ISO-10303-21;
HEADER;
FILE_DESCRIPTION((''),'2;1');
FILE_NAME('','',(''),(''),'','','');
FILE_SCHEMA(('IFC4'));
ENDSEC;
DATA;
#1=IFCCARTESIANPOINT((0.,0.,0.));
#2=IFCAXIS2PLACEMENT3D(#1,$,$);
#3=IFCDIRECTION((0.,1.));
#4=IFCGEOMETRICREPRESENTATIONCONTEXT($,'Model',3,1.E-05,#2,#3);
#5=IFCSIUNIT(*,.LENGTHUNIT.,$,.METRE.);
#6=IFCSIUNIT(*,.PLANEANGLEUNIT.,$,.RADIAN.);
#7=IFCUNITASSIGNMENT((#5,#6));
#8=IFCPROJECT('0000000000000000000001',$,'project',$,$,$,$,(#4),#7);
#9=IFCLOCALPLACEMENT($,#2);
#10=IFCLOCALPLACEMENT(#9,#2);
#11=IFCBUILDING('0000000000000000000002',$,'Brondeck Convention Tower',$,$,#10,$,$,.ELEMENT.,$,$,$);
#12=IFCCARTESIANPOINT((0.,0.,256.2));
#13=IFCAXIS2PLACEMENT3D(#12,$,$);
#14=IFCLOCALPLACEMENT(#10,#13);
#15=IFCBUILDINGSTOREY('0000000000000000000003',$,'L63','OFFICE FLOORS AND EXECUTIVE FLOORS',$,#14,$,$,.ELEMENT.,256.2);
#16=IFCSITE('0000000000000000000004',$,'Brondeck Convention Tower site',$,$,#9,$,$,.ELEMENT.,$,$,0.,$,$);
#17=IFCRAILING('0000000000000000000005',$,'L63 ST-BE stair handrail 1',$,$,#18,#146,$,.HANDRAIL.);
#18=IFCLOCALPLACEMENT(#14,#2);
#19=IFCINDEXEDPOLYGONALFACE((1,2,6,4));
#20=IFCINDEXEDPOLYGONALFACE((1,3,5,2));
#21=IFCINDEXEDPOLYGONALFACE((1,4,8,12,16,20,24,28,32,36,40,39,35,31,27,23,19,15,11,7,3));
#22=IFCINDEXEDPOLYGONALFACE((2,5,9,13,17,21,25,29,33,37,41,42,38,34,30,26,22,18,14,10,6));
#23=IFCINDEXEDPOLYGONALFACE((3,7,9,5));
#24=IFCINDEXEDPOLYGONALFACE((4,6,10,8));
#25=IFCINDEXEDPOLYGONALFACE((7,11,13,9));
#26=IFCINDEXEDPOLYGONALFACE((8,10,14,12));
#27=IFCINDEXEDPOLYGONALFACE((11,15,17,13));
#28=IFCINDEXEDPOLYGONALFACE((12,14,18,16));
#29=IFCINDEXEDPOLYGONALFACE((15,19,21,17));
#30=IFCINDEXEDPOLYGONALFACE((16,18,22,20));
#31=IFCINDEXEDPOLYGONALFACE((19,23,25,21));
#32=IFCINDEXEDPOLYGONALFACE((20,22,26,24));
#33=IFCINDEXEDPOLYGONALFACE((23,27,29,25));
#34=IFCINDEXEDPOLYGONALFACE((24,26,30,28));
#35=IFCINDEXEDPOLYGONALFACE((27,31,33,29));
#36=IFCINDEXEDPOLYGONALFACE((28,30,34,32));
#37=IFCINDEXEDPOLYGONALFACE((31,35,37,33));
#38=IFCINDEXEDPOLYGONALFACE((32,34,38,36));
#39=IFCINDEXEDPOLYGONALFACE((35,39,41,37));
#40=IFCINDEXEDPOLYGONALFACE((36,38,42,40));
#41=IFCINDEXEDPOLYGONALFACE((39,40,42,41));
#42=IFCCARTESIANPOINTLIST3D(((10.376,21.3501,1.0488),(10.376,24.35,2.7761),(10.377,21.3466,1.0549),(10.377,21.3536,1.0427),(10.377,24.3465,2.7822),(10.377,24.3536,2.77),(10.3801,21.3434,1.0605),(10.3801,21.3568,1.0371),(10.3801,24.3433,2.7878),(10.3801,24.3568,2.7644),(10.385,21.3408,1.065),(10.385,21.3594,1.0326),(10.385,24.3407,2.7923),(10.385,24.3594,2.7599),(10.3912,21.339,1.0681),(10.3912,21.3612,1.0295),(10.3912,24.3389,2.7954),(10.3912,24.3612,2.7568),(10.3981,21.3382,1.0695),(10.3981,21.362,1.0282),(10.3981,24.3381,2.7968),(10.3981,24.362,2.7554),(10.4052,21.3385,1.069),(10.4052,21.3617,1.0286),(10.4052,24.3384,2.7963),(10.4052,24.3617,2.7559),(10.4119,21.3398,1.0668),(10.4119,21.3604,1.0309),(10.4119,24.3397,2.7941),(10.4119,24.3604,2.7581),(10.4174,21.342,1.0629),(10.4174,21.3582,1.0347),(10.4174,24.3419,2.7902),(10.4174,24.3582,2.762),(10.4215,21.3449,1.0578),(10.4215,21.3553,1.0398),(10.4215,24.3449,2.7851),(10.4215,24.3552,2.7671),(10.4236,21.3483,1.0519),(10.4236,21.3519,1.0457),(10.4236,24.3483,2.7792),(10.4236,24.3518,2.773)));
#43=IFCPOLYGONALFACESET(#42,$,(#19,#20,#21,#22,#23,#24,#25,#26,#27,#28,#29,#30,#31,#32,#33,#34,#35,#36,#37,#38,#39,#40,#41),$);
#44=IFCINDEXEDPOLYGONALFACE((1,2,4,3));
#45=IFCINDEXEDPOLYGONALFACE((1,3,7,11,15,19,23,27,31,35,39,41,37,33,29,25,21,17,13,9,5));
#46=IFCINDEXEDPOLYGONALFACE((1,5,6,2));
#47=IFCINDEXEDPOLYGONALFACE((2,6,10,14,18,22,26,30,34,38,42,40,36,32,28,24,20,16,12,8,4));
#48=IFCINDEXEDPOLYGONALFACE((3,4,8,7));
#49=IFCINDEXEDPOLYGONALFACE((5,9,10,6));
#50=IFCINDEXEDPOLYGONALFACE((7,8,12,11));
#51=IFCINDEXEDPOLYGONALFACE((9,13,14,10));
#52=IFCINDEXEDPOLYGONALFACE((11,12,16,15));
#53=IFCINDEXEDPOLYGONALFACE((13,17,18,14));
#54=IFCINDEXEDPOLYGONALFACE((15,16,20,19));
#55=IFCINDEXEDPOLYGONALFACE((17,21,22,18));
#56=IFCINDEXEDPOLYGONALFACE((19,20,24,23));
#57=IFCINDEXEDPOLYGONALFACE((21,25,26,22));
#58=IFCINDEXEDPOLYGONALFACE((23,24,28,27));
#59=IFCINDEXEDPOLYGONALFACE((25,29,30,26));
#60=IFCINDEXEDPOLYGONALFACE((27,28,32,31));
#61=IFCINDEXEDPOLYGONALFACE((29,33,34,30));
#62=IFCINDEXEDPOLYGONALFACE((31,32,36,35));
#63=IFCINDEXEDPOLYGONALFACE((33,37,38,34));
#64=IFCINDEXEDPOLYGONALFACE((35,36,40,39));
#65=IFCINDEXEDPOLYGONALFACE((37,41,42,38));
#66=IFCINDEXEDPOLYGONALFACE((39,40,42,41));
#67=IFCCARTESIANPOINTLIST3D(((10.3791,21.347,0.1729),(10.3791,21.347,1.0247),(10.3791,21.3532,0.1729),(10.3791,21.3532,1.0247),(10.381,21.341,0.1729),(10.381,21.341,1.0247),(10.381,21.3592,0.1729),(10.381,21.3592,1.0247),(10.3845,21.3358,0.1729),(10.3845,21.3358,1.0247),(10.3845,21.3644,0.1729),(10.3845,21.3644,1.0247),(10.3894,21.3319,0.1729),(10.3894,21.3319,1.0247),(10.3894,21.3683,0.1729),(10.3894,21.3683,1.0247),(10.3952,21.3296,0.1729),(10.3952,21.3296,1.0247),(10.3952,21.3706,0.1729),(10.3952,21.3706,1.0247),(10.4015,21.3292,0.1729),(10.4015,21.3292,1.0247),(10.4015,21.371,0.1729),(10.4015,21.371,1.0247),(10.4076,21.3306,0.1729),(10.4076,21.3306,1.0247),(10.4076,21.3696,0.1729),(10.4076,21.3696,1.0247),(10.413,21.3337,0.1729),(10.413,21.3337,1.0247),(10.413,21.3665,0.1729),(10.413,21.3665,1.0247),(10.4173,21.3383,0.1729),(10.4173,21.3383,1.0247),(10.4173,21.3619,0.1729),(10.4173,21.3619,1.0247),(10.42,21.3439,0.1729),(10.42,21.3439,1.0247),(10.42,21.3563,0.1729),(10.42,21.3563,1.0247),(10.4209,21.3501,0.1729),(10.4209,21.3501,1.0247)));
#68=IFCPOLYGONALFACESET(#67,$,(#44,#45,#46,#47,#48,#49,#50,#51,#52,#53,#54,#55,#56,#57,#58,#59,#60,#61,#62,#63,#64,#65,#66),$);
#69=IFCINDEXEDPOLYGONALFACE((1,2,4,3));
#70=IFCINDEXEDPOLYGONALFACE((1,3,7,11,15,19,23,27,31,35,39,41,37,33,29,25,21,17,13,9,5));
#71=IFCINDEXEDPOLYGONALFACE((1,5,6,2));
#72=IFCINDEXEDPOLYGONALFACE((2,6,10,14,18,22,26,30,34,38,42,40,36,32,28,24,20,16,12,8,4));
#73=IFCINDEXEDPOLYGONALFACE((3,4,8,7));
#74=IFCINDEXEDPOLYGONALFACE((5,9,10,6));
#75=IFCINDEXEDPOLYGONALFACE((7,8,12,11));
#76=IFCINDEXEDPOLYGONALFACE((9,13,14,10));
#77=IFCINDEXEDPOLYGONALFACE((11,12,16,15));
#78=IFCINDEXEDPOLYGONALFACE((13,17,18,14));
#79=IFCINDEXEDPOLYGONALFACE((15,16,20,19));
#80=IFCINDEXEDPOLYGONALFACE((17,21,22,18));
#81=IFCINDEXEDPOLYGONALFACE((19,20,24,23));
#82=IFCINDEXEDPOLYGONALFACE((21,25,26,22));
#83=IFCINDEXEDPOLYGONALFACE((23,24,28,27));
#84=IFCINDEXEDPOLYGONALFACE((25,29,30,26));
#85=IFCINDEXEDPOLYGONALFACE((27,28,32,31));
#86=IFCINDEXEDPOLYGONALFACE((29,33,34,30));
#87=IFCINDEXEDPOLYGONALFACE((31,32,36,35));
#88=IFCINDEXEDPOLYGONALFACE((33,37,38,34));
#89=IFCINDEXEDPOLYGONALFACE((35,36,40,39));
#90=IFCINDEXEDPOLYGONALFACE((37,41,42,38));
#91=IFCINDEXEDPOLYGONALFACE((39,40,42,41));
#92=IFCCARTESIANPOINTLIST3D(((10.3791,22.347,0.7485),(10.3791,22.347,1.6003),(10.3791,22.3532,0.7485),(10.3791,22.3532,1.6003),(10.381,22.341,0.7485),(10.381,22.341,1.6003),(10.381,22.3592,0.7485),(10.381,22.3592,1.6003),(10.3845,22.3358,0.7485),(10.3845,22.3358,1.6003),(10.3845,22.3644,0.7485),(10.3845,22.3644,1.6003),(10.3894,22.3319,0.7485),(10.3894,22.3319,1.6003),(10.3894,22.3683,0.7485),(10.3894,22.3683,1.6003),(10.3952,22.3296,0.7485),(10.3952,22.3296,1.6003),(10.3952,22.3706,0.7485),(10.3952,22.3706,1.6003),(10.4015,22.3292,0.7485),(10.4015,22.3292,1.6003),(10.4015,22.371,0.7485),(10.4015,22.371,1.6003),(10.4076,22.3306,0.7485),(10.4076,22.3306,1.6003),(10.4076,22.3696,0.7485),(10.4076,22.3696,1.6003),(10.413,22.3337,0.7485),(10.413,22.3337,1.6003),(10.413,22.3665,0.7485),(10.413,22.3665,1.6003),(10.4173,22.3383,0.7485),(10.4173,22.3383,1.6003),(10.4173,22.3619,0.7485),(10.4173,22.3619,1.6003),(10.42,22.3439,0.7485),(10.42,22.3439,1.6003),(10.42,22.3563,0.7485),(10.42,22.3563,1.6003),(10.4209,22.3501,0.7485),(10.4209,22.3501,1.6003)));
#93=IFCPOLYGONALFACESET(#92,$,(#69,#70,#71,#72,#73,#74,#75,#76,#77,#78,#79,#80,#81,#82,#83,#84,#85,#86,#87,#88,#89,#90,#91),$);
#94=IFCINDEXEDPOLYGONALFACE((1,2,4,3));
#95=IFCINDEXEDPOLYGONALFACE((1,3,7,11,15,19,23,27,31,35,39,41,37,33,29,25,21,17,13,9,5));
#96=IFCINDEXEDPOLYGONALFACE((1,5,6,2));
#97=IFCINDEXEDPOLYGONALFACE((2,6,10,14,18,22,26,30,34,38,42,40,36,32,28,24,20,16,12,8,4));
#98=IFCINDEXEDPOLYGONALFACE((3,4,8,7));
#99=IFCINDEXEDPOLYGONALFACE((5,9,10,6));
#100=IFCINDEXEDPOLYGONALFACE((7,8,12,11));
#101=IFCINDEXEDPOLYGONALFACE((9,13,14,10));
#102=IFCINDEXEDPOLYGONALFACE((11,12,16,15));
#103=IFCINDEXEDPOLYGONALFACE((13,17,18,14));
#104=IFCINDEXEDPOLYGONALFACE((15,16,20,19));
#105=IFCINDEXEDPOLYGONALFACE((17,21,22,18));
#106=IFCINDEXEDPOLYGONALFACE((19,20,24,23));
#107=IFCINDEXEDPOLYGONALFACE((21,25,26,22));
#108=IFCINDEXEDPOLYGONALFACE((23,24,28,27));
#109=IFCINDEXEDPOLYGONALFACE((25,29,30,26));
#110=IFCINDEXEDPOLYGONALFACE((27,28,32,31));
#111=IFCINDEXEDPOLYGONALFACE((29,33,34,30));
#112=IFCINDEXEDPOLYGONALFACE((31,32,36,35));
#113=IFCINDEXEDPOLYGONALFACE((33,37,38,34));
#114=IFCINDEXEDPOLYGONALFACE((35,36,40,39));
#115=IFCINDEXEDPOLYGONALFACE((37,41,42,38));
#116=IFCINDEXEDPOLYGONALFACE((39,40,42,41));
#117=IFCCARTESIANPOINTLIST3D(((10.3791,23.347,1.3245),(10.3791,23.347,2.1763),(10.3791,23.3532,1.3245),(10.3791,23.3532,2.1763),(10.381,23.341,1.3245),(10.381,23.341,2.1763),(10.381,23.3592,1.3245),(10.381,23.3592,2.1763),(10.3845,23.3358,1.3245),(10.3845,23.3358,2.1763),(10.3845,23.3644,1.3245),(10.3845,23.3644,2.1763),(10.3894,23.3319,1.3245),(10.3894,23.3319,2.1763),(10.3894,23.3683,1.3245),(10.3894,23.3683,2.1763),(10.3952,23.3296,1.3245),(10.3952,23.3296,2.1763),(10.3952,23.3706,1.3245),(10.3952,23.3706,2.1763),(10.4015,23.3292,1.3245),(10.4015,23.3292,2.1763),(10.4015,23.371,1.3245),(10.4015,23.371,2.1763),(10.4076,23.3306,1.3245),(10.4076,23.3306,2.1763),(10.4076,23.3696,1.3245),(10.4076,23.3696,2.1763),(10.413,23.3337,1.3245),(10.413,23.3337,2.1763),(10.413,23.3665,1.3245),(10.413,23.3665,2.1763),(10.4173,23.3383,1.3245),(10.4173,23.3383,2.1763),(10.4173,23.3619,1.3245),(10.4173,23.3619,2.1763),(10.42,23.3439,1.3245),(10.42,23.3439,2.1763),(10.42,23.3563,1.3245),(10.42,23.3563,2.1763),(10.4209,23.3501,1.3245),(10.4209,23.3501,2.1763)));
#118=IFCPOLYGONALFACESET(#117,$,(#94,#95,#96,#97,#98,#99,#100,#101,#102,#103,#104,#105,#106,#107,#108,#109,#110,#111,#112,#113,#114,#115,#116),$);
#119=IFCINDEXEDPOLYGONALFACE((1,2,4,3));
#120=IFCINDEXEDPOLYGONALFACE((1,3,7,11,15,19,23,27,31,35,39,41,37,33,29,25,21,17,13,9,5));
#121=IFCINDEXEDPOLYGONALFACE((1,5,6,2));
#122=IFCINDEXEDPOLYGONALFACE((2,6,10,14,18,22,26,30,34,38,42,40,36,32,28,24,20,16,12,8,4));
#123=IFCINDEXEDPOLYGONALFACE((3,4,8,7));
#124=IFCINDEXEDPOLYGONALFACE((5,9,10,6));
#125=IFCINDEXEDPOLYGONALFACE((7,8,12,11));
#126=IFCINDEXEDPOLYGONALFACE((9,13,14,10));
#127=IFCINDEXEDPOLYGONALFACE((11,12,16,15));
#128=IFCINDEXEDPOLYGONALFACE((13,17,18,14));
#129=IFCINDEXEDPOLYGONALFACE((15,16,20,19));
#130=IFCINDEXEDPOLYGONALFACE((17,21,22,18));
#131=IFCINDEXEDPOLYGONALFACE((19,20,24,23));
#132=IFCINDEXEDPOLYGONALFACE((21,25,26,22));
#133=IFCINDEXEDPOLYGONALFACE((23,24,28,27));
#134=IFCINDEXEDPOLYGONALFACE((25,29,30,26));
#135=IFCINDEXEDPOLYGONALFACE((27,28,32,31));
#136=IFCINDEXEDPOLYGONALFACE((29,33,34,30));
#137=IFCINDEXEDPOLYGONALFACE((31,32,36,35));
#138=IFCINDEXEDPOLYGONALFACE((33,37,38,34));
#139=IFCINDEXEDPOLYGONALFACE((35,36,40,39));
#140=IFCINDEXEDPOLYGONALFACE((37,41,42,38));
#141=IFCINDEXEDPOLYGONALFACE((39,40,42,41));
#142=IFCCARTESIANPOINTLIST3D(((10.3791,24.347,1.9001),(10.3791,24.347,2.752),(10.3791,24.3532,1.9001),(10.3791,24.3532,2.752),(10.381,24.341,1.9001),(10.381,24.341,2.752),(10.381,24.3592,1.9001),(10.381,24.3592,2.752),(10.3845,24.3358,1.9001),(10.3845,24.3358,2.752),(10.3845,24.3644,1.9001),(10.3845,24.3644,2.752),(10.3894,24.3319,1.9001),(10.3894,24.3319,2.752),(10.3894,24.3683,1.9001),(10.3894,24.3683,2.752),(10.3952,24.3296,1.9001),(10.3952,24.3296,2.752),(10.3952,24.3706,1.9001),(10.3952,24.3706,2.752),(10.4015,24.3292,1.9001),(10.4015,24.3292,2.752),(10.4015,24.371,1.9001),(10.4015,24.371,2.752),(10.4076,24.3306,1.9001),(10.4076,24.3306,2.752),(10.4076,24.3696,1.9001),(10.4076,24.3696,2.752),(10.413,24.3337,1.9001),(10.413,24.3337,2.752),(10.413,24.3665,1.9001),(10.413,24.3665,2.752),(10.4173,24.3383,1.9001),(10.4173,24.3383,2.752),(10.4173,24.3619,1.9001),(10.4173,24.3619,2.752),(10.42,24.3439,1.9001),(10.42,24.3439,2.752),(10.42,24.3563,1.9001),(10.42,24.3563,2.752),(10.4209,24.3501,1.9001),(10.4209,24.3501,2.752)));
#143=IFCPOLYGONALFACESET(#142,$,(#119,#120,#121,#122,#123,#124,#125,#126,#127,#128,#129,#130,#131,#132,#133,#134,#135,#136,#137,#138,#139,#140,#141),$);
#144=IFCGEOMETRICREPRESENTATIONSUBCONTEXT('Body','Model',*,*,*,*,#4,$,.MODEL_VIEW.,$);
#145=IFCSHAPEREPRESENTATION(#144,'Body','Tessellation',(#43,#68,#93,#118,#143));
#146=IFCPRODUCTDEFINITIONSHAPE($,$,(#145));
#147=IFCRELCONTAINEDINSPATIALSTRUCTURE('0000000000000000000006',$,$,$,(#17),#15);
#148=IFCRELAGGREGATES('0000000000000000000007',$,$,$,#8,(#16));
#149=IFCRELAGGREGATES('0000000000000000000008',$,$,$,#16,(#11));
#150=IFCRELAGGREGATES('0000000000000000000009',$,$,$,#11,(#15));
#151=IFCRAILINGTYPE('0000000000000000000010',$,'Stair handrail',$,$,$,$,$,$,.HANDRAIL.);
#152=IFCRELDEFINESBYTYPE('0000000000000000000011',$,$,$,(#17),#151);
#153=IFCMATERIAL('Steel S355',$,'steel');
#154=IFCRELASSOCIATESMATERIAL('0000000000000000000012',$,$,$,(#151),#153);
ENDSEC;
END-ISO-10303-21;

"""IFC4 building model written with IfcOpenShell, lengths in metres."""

from ifc_helpers import new_model, si_unit, direction, frame, origin, origin_2d, place, context, subcontext, project, spatial, circle, extrude, material, type_object, element, save


model = new_model("IFC4")

# Units and contexts
model_context = context("Model", 3, precision=1e-05, world=origin(), true_north=direction((0.0, 1.0)))
body_context = subcontext(model_context, "Body", "Model", "MODEL_VIEW")
ifc_project = project(units=[si_unit("LENGTHUNIT", "METRE"), si_unit("PLANEANGLEUNIT", "RADIAN")], contexts=[model_context])

# Site, building, storey
site_placement = place(None, origin())
site = spatial("IfcSite", under=ifc_project, at=site_placement, Name="Brondeck Convention Tower site", CompositionType="ELEMENT", RefElevation=0.0)
building_placement = place(site_placement, origin())
building = spatial("IfcBuilding", under=site, at=building_placement, Name="Brondeck Convention Tower", CompositionType="ELEMENT")
storey_placement = place(building_placement, frame((0.0, 0.0, 256.2)))
storey = spatial("IfcBuildingStorey", under=building, at=storey_placement, Name="L63", Description="OFFICE FLOORS AND EXECUTIVE FLOORS", CompositionType="ELEMENT", Elevation=256.2)

# Shared definitions
ifc_material_1 = material(Name="Steel S355", Category="steel")

# Railing
railing_type_1 = type_object("IfcRailingType", Name="Stair handrail", PredefinedType="HANDRAIL", material=ifc_material_1)
railing_1_placement = place(storey_placement, frame((10.3999, 21.3501, 0.1729)))
element("IfcRailing", 1, at=railing_1_placement, inside=storey, type_object=railing_type_1, Name="L63 ST-BE stair handrail 1", PredefinedType="HANDRAIL", context=body_context, shape_type="SweptSolid", body=[
    extrude(circle(Radius=0.0239, at=origin_2d()), frame((0.0, 0.0, 0.876), z_axis=(0.0, 0.86662, 0.498969), x_axis=(-1.0, 0.0, 0.0)), (0.0, 0.0, 1.0), 3.4617),
    extrude(circle(Radius=0.021, at=origin_2d()), origin(), (0.0, 0.0, 1.0), 0.8518),
    extrude(circle(Radius=0.021, at=origin_2d()), frame((0.0, 1.0, 0.5757)), (0.0, 0.0, 1.0), 0.8518),
    extrude(circle(Radius=0.021, at=origin_2d()), frame((0.0, 2.0, 1.1516)), (0.0, 0.0, 1.0), 0.8518),
    extrude(circle(Radius=0.021, at=origin_2d()), frame((0.0, 3.0, 1.7273)), (0.0, 0.0, 1.0), 0.8518),
])

save(model, "model.ifc")
